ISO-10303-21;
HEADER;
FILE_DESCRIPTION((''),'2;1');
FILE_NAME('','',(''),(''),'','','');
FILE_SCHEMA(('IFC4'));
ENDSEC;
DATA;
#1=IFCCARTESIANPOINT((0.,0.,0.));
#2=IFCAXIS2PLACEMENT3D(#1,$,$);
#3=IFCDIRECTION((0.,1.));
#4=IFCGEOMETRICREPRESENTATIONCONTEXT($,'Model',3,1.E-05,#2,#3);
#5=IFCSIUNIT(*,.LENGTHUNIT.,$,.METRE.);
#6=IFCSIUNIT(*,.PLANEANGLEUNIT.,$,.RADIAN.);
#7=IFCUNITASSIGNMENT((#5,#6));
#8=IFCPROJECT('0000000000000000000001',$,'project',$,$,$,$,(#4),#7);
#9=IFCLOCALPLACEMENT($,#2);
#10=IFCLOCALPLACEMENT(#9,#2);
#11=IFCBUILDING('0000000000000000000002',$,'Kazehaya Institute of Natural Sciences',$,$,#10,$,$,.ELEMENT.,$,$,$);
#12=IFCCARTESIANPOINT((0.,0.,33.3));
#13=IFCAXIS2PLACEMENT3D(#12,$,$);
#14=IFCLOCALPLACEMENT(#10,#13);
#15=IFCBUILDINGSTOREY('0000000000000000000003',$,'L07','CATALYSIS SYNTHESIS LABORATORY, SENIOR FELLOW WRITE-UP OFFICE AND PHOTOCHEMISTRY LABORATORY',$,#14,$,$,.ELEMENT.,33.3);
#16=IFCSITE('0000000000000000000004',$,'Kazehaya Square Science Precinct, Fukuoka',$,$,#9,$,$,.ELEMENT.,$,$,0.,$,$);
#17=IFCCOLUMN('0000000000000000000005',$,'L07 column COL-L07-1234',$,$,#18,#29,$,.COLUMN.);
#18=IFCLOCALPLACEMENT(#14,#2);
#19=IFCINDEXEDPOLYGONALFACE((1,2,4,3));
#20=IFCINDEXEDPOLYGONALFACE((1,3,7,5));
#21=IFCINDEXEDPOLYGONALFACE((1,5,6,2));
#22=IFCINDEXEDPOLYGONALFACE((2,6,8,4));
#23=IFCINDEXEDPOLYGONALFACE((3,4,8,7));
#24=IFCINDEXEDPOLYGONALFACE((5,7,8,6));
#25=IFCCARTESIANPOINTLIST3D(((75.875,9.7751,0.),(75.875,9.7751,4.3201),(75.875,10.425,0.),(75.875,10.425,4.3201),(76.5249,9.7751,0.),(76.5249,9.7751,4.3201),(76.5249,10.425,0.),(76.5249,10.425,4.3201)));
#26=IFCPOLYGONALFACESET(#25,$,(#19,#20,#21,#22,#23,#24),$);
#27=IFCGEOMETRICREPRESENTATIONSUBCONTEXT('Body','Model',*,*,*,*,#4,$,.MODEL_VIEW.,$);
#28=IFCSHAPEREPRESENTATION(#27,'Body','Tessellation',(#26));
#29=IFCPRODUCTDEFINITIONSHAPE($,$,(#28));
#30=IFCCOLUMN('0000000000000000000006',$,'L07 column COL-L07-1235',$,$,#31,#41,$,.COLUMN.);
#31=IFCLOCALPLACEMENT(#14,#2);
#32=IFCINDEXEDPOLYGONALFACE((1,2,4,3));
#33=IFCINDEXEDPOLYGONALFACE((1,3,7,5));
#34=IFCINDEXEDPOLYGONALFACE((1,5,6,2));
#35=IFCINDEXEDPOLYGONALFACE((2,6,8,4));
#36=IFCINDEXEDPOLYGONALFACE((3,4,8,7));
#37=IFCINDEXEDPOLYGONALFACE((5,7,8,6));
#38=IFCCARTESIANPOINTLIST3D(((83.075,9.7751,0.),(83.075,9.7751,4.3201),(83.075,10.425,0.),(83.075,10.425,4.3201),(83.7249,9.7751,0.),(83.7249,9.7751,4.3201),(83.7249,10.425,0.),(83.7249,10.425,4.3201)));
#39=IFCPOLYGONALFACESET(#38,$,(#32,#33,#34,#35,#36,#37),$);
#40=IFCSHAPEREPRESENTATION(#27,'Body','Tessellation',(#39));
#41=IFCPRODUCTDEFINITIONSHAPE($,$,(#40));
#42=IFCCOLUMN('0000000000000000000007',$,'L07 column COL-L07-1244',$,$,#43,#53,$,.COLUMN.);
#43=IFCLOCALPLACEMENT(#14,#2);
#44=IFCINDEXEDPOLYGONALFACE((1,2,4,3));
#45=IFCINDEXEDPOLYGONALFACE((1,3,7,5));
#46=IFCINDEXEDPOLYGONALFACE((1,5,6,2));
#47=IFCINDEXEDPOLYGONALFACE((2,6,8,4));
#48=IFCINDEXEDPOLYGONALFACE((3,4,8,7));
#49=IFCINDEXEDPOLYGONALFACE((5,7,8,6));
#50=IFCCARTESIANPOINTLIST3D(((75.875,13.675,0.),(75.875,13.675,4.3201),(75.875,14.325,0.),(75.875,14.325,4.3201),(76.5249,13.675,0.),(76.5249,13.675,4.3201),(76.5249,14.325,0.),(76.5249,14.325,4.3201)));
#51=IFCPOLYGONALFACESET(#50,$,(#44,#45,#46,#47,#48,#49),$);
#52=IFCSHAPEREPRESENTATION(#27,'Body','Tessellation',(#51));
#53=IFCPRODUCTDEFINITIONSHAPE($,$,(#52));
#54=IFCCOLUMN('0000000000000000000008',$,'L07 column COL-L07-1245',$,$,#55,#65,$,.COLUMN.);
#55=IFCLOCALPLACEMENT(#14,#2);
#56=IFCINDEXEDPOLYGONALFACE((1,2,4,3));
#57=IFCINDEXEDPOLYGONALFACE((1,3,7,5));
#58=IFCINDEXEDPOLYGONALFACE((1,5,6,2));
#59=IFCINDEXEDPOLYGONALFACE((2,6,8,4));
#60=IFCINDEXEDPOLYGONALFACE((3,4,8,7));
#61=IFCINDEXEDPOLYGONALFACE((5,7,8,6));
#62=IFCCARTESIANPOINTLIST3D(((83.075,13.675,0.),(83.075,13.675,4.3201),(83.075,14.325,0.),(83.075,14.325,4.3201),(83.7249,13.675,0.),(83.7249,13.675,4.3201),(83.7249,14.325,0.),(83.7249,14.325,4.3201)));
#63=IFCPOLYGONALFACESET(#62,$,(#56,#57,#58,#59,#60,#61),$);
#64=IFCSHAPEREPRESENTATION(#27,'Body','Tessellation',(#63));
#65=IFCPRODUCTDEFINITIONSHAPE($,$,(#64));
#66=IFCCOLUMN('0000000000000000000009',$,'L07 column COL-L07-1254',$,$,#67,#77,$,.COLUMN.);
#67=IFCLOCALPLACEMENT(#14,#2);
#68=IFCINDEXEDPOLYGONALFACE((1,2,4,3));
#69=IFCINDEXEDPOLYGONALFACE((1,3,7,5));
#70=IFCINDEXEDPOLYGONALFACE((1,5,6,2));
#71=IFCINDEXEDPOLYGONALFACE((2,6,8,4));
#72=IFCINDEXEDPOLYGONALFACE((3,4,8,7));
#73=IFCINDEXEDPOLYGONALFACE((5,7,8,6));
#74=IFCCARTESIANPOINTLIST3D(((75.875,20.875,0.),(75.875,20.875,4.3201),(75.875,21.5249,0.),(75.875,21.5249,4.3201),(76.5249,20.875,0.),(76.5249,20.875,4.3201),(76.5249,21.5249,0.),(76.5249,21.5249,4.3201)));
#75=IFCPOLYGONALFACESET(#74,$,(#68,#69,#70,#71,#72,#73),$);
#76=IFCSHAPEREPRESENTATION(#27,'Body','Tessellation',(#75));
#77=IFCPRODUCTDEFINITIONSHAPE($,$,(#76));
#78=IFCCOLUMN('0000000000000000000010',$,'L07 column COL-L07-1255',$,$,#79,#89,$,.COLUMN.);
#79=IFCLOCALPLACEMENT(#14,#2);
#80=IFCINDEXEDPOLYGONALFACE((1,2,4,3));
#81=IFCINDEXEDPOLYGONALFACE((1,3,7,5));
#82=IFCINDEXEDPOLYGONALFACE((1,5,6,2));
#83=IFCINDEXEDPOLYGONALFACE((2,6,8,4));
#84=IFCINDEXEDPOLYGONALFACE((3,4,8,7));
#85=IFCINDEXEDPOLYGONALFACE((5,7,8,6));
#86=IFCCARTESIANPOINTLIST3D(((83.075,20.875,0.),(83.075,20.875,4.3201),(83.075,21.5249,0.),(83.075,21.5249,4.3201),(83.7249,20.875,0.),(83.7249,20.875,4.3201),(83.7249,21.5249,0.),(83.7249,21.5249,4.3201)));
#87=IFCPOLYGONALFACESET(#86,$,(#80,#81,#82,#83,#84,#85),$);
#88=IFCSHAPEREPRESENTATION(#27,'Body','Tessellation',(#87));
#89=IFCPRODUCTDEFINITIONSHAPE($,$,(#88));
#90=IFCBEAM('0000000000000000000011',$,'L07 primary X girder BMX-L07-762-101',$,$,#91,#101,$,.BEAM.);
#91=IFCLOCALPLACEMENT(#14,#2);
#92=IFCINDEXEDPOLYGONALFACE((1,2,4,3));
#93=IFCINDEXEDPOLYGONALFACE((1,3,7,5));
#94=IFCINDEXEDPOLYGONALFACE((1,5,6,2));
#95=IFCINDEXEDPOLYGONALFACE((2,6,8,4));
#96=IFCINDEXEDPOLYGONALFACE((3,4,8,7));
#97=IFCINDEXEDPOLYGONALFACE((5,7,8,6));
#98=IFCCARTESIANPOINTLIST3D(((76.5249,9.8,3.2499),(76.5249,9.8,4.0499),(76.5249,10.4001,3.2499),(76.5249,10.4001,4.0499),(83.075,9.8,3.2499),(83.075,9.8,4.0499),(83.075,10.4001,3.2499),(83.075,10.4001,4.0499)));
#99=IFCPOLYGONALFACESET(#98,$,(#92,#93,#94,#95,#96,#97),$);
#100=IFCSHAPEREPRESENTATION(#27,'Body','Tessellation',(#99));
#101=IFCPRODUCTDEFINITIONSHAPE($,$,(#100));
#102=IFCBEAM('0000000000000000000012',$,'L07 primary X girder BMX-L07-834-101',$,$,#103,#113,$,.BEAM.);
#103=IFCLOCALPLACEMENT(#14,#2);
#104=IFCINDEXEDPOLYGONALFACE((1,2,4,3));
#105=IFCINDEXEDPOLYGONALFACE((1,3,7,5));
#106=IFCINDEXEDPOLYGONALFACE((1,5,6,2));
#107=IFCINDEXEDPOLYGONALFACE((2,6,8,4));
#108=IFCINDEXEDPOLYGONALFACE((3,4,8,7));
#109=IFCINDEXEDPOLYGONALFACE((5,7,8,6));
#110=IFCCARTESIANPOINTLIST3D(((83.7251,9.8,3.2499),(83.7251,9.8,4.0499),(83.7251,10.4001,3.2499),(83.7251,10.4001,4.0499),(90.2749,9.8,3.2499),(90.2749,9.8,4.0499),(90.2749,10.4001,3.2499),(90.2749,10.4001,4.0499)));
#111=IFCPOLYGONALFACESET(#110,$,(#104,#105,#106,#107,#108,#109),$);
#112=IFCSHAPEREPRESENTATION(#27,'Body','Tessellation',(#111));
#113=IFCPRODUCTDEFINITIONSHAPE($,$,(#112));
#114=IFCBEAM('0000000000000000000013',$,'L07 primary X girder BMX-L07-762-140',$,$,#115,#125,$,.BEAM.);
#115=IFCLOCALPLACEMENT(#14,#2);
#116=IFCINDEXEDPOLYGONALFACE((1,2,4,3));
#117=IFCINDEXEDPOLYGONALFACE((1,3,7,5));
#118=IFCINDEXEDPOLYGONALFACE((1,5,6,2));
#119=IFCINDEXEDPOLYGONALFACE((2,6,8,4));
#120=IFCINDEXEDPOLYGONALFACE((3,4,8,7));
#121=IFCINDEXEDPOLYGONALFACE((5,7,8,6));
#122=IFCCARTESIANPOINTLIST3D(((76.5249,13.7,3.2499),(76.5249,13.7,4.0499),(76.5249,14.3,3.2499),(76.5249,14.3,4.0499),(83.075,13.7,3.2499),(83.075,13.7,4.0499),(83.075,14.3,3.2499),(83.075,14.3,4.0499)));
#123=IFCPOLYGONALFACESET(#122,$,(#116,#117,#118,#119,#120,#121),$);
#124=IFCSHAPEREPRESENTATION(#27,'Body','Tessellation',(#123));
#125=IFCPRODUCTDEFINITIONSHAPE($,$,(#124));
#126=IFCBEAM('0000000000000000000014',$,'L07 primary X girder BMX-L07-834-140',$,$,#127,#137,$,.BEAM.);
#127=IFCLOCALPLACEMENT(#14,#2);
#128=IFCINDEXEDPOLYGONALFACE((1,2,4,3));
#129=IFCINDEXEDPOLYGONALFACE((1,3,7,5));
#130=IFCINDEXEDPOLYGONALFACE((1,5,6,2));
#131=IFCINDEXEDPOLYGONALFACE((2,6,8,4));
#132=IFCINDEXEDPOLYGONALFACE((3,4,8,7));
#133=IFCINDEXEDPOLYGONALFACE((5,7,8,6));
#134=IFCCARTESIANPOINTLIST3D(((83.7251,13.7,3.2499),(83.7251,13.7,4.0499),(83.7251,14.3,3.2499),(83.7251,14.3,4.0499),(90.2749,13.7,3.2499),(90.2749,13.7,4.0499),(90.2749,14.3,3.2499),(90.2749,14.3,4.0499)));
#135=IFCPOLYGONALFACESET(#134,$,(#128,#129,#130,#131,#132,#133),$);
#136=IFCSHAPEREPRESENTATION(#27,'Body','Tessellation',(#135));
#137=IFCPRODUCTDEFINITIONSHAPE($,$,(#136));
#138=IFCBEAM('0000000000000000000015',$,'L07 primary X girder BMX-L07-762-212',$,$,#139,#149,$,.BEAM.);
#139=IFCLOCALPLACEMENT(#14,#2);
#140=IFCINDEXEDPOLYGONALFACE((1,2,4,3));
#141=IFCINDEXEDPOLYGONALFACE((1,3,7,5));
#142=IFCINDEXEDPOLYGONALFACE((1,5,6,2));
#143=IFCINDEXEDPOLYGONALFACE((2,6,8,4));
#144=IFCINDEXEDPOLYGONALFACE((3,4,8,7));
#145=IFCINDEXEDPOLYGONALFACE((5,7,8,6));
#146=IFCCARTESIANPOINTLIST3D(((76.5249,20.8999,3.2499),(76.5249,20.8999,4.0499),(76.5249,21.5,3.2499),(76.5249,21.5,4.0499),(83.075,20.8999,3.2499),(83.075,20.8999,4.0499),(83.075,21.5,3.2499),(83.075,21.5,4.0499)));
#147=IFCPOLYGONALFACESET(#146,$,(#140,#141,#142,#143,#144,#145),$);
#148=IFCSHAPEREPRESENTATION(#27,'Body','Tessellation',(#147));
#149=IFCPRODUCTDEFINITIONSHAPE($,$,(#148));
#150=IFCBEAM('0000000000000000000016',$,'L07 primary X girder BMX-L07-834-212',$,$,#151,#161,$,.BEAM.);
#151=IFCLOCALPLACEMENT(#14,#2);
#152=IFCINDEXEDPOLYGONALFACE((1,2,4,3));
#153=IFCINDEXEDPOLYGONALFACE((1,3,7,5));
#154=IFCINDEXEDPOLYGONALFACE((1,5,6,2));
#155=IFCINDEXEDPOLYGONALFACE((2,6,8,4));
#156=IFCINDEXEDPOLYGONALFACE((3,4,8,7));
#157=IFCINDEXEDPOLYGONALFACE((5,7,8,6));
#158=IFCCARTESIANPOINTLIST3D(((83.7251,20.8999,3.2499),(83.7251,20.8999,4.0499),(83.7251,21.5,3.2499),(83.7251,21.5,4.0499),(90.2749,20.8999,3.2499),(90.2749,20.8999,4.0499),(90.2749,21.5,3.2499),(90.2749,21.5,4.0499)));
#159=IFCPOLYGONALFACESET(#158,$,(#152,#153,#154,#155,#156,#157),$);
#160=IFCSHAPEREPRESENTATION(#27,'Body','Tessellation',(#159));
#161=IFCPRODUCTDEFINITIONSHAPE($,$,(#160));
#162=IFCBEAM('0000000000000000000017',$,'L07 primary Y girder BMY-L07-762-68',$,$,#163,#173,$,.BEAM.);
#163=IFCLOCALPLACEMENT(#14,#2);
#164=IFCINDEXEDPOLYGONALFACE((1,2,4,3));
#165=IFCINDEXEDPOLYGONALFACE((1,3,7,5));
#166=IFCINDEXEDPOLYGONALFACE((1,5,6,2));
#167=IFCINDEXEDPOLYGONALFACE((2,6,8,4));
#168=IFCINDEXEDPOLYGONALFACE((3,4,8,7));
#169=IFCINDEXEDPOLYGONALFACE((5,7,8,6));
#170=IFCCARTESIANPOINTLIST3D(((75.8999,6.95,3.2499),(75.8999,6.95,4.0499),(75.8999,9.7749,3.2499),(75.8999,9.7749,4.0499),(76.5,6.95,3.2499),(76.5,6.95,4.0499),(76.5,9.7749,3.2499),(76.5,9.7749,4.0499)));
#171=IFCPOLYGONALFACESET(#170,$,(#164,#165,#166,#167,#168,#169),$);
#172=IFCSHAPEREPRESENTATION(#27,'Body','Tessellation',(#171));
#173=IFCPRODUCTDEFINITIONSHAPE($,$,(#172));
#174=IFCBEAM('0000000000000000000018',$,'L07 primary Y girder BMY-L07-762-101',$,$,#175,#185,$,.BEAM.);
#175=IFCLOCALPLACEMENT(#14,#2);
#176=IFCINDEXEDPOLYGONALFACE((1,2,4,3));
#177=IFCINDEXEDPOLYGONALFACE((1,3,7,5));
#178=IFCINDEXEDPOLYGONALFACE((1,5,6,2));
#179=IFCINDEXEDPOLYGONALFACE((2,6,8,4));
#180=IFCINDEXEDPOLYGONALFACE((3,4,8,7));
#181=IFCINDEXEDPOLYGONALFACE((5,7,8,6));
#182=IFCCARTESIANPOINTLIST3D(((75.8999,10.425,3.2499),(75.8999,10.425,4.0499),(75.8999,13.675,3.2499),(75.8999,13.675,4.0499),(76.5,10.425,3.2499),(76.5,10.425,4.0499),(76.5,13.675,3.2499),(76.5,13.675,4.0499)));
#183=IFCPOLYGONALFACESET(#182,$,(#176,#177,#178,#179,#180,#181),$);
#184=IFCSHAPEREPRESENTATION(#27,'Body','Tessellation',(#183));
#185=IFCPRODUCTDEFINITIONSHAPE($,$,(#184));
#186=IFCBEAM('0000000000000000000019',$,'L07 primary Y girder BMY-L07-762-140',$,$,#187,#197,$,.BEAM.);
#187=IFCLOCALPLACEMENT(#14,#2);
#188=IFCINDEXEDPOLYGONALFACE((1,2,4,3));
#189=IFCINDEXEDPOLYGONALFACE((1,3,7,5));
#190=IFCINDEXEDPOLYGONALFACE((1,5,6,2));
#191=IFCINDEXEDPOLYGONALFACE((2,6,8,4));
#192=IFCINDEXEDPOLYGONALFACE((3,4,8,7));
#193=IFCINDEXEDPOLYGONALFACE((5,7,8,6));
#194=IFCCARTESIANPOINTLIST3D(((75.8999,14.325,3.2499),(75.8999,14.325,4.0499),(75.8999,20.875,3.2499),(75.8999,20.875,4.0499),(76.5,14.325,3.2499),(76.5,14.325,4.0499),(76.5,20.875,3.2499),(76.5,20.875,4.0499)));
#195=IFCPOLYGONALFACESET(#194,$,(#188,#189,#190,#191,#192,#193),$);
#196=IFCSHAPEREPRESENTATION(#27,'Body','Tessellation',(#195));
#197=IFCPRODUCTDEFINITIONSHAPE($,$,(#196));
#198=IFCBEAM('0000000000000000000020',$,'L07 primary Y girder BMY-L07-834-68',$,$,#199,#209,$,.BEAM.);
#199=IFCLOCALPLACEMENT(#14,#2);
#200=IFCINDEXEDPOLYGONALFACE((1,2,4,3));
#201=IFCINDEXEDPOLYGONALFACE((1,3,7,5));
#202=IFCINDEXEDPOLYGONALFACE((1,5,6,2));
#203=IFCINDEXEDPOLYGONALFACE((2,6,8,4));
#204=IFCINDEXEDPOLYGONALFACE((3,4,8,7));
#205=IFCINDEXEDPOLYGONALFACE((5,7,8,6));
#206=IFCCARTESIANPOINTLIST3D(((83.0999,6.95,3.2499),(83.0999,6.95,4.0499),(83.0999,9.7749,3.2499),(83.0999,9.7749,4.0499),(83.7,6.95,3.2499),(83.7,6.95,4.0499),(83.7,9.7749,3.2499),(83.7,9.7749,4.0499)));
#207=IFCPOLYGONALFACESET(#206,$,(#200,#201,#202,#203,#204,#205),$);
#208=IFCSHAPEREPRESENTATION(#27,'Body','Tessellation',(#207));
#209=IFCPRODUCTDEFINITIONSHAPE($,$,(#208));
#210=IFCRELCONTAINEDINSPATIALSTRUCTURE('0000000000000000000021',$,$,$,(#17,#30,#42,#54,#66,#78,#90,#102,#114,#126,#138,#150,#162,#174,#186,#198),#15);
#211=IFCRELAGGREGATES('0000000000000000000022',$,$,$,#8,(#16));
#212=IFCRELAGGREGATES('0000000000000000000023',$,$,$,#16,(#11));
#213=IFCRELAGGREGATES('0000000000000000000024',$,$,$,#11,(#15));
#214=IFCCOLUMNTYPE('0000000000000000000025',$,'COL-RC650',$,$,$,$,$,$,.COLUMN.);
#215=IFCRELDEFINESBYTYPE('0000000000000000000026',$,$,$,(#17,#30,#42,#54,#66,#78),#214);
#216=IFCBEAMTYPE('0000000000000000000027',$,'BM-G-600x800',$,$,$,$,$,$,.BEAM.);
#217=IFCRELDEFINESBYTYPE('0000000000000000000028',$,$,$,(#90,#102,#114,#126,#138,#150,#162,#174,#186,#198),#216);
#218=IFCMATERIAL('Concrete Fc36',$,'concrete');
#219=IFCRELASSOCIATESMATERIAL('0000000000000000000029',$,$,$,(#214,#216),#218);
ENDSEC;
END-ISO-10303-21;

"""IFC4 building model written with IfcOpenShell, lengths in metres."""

from ifc_helpers import new_model, si_unit, direction, frame, origin, origin_2d, place, context, subcontext, project, spatial, rectangle, extrude, material, material_profile, profile_set, type_object, element, save


model = new_model("IFC4")

# Units and contexts
model_context = context("Model", 3, precision=1e-05, world=origin(), true_north=direction((0.0, 1.0)))
body_context = subcontext(model_context, "Body", "Model", "MODEL_VIEW")
ifc_project = project(units=[si_unit("LENGTHUNIT", "METRE"), si_unit("PLANEANGLEUNIT", "RADIAN")], contexts=[model_context])

# Site, building, storey
site_placement = place(None, origin())
site = spatial("IfcSite", under=ifc_project, at=site_placement, Name="Kazehaya Square Science Precinct, Fukuoka", CompositionType="ELEMENT", RefElevation=0.0)
building_placement = place(site_placement, origin())
building = spatial("IfcBuilding", under=site, at=building_placement, Name="Kazehaya Institute of Natural Sciences", CompositionType="ELEMENT")
storey_placement = place(building_placement, frame((0.0, 0.0, 33.3)))
storey = spatial("IfcBuildingStorey", under=building, at=storey_placement, Name="L07", Description="CATALYSIS SYNTHESIS LABORATORY, SENIOR FELLOW WRITE-UP OFFICE AND PHOTOCHEMISTRY LABORATORY", CompositionType="ELEMENT", Elevation=33.3)

# Columns
ifc_material_1 = material(Name="Concrete Fc36", Category="concrete")
ifc_material_profile_1 = material_profile(ifc_material_1, rectangle(XDim=0.6499, YDim=0.6499, at=origin_2d()), Name="RC-650x650")
ifc_profile_set_1 = profile_set([ifc_material_profile_1], Name="Concrete Fc36")
column_type = type_object("IfcColumnType", Name="COL-RC650", PredefinedType="COLUMN", material=ifc_profile_set_1)
for number, where, z_axis, x_axis, name in (
    (1, (76.2, 10.1001, 0.0), (0.0, 0.0, 1.0), (1.0, 0.0, 0.0), "L07 column COL-L07-1234"),
    (2, (83.3999, 10.1001, 0.0), (0.0, 0.0, 1.0), (1.0, 0.0, 0.0), "L07 column COL-L07-1235"),
    (3, (76.2, 14.0, 0.0), (0.0, 0.0, 1.0), (1.0, 0.0, 0.0), "L07 column COL-L07-1244"),
    (4, (83.3999, 14.0, 0.0), (0.0, 0.0, 1.0), (1.0, 0.0, 0.0), "L07 column COL-L07-1245"),
    (5, (76.2, 21.2, 0.0), (0.0, 0.0, 1.0), (1.0, 0.0, 0.0), "L07 column COL-L07-1254"),
    (6, (83.3999, 21.2, 0.0), (0.0, 0.0, 1.0), (1.0, 0.0, 0.0), "L07 column COL-L07-1255"),
):
    element("IfcColumn", number, at=place(storey_placement, frame(where, z_axis=z_axis, x_axis=x_axis)), inside=storey, type_object=column_type, Name=name, PredefinedType="COLUMN", context=body_context, shape_type="SweptSolid", body=[
        extrude(rectangle(XDim=0.6499, YDim=0.6499, at=origin_2d()), origin(), (0.0, 0.0, 1.0), 4.3201),
    ])

# Beams
ifc_material_profile_2 = material_profile(ifc_material_1, rectangle(XDim=0.6001, YDim=0.8, at=origin_2d()), Name="RC-600x800")
ifc_profile_set_2 = profile_set([ifc_material_profile_2], Name="Concrete Fc36")
beam_type = type_object("IfcBeamType", Name="BM-G-600x800", PredefinedType="BEAM", material=ifc_profile_set_2)
beam_1_placement = place(storey_placement, frame((76.5249, 10.1001, 3.6499), z_axis=(1.0, 0.0, 0.0), x_axis=(0.0, 1.0, 0.0)))
element("IfcBeam", 7, at=beam_1_placement, inside=storey, type_object=beam_type, Name="L07 primary X girder BMX-L07-762-101", PredefinedType="BEAM", context=body_context, shape_type="SweptSolid", body=[
    extrude(rectangle(XDim=0.6001, YDim=0.8, at=origin_2d()), origin(), (0.0, 0.0, 1.0), 6.55),
])
beam_2_placement = place(storey_placement, frame((83.7251, 10.1001, 3.6499), z_axis=(1.0, 0.0, 0.0), x_axis=(0.0, 1.0, 0.0)))
element("IfcBeam", 8, at=beam_2_placement, inside=storey, type_object=beam_type, Name="L07 primary X girder BMX-L07-834-101", PredefinedType="BEAM", context=body_context, shape_type="SweptSolid", body=[
    extrude(rectangle(XDim=0.6001, YDim=0.8, at=origin_2d()), origin(), (0.0, 0.0, 1.0), 6.5498),
])
beam_3_placement = place(storey_placement, frame((76.5249, 14.0, 3.6499), z_axis=(1.0, 0.0, 0.0), x_axis=(0.0, 1.0, 0.0)))
element("IfcBeam", 9, at=beam_3_placement, inside=storey, type_object=beam_type, Name="L07 primary X girder BMX-L07-762-140", PredefinedType="BEAM", context=body_context, shape_type="SweptSolid", body=[
    extrude(rectangle(XDim=0.6001, YDim=0.8, at=origin_2d()), origin(), (0.0, 0.0, 1.0), 6.55),
])
beam_4_placement = place(storey_placement, frame((83.7251, 14.0, 3.6499), z_axis=(1.0, 0.0, 0.0), x_axis=(0.0, 1.0, 0.0)))
element("IfcBeam", 10, at=beam_4_placement, inside=storey, type_object=beam_type, Name="L07 primary X girder BMX-L07-834-140", PredefinedType="BEAM", context=body_context, shape_type="SweptSolid", body=[
    extrude(rectangle(XDim=0.6001, YDim=0.8, at=origin_2d()), origin(), (0.0, 0.0, 1.0), 6.5498),
])
beam_5_placement = place(storey_placement, frame((76.5249, 21.2, 3.6499), z_axis=(1.0, 0.0, 0.0), x_axis=(0.0, 1.0, 0.0)))
element("IfcBeam", 11, at=beam_5_placement, inside=storey, type_object=beam_type, Name="L07 primary X girder BMX-L07-762-212", PredefinedType="BEAM", context=body_context, shape_type="SweptSolid", body=[
    extrude(rectangle(XDim=0.6001, YDim=0.8, at=origin_2d()), origin(), (0.0, 0.0, 1.0), 6.55),
])
beam_6_placement = place(storey_placement, frame((83.7251, 21.2, 3.6499), z_axis=(1.0, 0.0, 0.0), x_axis=(0.0, 1.0, 0.0)))
element("IfcBeam", 12, at=beam_6_placement, inside=storey, type_object=beam_type, Name="L07 primary X girder BMX-L07-834-212", PredefinedType="BEAM", context=body_context, shape_type="SweptSolid", body=[
    extrude(rectangle(XDim=0.6001, YDim=0.8, at=origin_2d()), origin(), (0.0, 0.0, 1.0), 6.5498),
])
beam_7_placement = place(storey_placement, frame((76.2, 6.95, 3.6499), z_axis=(0.0, 1.0, 0.0), x_axis=(-1.0, 0.0, 0.0)))
element("IfcBeam", 13, at=beam_7_placement, inside=storey, type_object=beam_type, Name="L07 primary Y girder BMY-L07-762-68", PredefinedType="BEAM", context=body_context, shape_type="SweptSolid", body=[
    extrude(rectangle(XDim=0.6001, YDim=0.8, at=origin_2d()), origin(), (0.0, 0.0, 1.0), 2.825),
])
beam_8_placement = place(storey_placement, frame((76.2, 10.425, 3.6499), z_axis=(0.0, 1.0, 0.0), x_axis=(-1.0, 0.0, 0.0)))
element("IfcBeam", 14, at=beam_8_placement, inside=storey, type_object=beam_type, Name="L07 primary Y girder BMY-L07-762-101", PredefinedType="BEAM", context=body_context, shape_type="SweptSolid", body=[
    extrude(rectangle(XDim=0.6001, YDim=0.8, at=origin_2d()), origin(), (0.0, 0.0, 1.0), 3.25),
])
beam_9_placement = place(storey_placement, frame((76.2, 14.325, 3.6499), z_axis=(0.0, 1.0, 0.0), x_axis=(-1.0, 0.0, 0.0)))
element("IfcBeam", 15, at=beam_9_placement, inside=storey, type_object=beam_type, Name="L07 primary Y girder BMY-L07-762-140", PredefinedType="BEAM", context=body_context, shape_type="SweptSolid", body=[
    extrude(rectangle(XDim=0.6001, YDim=0.8, at=origin_2d()), origin(), (0.0, 0.0, 1.0), 6.55),
])
beam_10_placement = place(storey_placement, frame((83.3999, 6.95, 3.6499), z_axis=(0.0, 1.0, 0.0), x_axis=(-1.0, 0.0, 0.0)))
element("IfcBeam", 16, at=beam_10_placement, inside=storey, type_object=beam_type, Name="L07 primary Y girder BMY-L07-834-68", PredefinedType="BEAM", context=body_context, shape_type="SweptSolid", body=[
    extrude(rectangle(XDim=0.6001, YDim=0.8, at=origin_2d()), origin(), (0.0, 0.0, 1.0), 2.825),
])

save(model, "model.ifc")
